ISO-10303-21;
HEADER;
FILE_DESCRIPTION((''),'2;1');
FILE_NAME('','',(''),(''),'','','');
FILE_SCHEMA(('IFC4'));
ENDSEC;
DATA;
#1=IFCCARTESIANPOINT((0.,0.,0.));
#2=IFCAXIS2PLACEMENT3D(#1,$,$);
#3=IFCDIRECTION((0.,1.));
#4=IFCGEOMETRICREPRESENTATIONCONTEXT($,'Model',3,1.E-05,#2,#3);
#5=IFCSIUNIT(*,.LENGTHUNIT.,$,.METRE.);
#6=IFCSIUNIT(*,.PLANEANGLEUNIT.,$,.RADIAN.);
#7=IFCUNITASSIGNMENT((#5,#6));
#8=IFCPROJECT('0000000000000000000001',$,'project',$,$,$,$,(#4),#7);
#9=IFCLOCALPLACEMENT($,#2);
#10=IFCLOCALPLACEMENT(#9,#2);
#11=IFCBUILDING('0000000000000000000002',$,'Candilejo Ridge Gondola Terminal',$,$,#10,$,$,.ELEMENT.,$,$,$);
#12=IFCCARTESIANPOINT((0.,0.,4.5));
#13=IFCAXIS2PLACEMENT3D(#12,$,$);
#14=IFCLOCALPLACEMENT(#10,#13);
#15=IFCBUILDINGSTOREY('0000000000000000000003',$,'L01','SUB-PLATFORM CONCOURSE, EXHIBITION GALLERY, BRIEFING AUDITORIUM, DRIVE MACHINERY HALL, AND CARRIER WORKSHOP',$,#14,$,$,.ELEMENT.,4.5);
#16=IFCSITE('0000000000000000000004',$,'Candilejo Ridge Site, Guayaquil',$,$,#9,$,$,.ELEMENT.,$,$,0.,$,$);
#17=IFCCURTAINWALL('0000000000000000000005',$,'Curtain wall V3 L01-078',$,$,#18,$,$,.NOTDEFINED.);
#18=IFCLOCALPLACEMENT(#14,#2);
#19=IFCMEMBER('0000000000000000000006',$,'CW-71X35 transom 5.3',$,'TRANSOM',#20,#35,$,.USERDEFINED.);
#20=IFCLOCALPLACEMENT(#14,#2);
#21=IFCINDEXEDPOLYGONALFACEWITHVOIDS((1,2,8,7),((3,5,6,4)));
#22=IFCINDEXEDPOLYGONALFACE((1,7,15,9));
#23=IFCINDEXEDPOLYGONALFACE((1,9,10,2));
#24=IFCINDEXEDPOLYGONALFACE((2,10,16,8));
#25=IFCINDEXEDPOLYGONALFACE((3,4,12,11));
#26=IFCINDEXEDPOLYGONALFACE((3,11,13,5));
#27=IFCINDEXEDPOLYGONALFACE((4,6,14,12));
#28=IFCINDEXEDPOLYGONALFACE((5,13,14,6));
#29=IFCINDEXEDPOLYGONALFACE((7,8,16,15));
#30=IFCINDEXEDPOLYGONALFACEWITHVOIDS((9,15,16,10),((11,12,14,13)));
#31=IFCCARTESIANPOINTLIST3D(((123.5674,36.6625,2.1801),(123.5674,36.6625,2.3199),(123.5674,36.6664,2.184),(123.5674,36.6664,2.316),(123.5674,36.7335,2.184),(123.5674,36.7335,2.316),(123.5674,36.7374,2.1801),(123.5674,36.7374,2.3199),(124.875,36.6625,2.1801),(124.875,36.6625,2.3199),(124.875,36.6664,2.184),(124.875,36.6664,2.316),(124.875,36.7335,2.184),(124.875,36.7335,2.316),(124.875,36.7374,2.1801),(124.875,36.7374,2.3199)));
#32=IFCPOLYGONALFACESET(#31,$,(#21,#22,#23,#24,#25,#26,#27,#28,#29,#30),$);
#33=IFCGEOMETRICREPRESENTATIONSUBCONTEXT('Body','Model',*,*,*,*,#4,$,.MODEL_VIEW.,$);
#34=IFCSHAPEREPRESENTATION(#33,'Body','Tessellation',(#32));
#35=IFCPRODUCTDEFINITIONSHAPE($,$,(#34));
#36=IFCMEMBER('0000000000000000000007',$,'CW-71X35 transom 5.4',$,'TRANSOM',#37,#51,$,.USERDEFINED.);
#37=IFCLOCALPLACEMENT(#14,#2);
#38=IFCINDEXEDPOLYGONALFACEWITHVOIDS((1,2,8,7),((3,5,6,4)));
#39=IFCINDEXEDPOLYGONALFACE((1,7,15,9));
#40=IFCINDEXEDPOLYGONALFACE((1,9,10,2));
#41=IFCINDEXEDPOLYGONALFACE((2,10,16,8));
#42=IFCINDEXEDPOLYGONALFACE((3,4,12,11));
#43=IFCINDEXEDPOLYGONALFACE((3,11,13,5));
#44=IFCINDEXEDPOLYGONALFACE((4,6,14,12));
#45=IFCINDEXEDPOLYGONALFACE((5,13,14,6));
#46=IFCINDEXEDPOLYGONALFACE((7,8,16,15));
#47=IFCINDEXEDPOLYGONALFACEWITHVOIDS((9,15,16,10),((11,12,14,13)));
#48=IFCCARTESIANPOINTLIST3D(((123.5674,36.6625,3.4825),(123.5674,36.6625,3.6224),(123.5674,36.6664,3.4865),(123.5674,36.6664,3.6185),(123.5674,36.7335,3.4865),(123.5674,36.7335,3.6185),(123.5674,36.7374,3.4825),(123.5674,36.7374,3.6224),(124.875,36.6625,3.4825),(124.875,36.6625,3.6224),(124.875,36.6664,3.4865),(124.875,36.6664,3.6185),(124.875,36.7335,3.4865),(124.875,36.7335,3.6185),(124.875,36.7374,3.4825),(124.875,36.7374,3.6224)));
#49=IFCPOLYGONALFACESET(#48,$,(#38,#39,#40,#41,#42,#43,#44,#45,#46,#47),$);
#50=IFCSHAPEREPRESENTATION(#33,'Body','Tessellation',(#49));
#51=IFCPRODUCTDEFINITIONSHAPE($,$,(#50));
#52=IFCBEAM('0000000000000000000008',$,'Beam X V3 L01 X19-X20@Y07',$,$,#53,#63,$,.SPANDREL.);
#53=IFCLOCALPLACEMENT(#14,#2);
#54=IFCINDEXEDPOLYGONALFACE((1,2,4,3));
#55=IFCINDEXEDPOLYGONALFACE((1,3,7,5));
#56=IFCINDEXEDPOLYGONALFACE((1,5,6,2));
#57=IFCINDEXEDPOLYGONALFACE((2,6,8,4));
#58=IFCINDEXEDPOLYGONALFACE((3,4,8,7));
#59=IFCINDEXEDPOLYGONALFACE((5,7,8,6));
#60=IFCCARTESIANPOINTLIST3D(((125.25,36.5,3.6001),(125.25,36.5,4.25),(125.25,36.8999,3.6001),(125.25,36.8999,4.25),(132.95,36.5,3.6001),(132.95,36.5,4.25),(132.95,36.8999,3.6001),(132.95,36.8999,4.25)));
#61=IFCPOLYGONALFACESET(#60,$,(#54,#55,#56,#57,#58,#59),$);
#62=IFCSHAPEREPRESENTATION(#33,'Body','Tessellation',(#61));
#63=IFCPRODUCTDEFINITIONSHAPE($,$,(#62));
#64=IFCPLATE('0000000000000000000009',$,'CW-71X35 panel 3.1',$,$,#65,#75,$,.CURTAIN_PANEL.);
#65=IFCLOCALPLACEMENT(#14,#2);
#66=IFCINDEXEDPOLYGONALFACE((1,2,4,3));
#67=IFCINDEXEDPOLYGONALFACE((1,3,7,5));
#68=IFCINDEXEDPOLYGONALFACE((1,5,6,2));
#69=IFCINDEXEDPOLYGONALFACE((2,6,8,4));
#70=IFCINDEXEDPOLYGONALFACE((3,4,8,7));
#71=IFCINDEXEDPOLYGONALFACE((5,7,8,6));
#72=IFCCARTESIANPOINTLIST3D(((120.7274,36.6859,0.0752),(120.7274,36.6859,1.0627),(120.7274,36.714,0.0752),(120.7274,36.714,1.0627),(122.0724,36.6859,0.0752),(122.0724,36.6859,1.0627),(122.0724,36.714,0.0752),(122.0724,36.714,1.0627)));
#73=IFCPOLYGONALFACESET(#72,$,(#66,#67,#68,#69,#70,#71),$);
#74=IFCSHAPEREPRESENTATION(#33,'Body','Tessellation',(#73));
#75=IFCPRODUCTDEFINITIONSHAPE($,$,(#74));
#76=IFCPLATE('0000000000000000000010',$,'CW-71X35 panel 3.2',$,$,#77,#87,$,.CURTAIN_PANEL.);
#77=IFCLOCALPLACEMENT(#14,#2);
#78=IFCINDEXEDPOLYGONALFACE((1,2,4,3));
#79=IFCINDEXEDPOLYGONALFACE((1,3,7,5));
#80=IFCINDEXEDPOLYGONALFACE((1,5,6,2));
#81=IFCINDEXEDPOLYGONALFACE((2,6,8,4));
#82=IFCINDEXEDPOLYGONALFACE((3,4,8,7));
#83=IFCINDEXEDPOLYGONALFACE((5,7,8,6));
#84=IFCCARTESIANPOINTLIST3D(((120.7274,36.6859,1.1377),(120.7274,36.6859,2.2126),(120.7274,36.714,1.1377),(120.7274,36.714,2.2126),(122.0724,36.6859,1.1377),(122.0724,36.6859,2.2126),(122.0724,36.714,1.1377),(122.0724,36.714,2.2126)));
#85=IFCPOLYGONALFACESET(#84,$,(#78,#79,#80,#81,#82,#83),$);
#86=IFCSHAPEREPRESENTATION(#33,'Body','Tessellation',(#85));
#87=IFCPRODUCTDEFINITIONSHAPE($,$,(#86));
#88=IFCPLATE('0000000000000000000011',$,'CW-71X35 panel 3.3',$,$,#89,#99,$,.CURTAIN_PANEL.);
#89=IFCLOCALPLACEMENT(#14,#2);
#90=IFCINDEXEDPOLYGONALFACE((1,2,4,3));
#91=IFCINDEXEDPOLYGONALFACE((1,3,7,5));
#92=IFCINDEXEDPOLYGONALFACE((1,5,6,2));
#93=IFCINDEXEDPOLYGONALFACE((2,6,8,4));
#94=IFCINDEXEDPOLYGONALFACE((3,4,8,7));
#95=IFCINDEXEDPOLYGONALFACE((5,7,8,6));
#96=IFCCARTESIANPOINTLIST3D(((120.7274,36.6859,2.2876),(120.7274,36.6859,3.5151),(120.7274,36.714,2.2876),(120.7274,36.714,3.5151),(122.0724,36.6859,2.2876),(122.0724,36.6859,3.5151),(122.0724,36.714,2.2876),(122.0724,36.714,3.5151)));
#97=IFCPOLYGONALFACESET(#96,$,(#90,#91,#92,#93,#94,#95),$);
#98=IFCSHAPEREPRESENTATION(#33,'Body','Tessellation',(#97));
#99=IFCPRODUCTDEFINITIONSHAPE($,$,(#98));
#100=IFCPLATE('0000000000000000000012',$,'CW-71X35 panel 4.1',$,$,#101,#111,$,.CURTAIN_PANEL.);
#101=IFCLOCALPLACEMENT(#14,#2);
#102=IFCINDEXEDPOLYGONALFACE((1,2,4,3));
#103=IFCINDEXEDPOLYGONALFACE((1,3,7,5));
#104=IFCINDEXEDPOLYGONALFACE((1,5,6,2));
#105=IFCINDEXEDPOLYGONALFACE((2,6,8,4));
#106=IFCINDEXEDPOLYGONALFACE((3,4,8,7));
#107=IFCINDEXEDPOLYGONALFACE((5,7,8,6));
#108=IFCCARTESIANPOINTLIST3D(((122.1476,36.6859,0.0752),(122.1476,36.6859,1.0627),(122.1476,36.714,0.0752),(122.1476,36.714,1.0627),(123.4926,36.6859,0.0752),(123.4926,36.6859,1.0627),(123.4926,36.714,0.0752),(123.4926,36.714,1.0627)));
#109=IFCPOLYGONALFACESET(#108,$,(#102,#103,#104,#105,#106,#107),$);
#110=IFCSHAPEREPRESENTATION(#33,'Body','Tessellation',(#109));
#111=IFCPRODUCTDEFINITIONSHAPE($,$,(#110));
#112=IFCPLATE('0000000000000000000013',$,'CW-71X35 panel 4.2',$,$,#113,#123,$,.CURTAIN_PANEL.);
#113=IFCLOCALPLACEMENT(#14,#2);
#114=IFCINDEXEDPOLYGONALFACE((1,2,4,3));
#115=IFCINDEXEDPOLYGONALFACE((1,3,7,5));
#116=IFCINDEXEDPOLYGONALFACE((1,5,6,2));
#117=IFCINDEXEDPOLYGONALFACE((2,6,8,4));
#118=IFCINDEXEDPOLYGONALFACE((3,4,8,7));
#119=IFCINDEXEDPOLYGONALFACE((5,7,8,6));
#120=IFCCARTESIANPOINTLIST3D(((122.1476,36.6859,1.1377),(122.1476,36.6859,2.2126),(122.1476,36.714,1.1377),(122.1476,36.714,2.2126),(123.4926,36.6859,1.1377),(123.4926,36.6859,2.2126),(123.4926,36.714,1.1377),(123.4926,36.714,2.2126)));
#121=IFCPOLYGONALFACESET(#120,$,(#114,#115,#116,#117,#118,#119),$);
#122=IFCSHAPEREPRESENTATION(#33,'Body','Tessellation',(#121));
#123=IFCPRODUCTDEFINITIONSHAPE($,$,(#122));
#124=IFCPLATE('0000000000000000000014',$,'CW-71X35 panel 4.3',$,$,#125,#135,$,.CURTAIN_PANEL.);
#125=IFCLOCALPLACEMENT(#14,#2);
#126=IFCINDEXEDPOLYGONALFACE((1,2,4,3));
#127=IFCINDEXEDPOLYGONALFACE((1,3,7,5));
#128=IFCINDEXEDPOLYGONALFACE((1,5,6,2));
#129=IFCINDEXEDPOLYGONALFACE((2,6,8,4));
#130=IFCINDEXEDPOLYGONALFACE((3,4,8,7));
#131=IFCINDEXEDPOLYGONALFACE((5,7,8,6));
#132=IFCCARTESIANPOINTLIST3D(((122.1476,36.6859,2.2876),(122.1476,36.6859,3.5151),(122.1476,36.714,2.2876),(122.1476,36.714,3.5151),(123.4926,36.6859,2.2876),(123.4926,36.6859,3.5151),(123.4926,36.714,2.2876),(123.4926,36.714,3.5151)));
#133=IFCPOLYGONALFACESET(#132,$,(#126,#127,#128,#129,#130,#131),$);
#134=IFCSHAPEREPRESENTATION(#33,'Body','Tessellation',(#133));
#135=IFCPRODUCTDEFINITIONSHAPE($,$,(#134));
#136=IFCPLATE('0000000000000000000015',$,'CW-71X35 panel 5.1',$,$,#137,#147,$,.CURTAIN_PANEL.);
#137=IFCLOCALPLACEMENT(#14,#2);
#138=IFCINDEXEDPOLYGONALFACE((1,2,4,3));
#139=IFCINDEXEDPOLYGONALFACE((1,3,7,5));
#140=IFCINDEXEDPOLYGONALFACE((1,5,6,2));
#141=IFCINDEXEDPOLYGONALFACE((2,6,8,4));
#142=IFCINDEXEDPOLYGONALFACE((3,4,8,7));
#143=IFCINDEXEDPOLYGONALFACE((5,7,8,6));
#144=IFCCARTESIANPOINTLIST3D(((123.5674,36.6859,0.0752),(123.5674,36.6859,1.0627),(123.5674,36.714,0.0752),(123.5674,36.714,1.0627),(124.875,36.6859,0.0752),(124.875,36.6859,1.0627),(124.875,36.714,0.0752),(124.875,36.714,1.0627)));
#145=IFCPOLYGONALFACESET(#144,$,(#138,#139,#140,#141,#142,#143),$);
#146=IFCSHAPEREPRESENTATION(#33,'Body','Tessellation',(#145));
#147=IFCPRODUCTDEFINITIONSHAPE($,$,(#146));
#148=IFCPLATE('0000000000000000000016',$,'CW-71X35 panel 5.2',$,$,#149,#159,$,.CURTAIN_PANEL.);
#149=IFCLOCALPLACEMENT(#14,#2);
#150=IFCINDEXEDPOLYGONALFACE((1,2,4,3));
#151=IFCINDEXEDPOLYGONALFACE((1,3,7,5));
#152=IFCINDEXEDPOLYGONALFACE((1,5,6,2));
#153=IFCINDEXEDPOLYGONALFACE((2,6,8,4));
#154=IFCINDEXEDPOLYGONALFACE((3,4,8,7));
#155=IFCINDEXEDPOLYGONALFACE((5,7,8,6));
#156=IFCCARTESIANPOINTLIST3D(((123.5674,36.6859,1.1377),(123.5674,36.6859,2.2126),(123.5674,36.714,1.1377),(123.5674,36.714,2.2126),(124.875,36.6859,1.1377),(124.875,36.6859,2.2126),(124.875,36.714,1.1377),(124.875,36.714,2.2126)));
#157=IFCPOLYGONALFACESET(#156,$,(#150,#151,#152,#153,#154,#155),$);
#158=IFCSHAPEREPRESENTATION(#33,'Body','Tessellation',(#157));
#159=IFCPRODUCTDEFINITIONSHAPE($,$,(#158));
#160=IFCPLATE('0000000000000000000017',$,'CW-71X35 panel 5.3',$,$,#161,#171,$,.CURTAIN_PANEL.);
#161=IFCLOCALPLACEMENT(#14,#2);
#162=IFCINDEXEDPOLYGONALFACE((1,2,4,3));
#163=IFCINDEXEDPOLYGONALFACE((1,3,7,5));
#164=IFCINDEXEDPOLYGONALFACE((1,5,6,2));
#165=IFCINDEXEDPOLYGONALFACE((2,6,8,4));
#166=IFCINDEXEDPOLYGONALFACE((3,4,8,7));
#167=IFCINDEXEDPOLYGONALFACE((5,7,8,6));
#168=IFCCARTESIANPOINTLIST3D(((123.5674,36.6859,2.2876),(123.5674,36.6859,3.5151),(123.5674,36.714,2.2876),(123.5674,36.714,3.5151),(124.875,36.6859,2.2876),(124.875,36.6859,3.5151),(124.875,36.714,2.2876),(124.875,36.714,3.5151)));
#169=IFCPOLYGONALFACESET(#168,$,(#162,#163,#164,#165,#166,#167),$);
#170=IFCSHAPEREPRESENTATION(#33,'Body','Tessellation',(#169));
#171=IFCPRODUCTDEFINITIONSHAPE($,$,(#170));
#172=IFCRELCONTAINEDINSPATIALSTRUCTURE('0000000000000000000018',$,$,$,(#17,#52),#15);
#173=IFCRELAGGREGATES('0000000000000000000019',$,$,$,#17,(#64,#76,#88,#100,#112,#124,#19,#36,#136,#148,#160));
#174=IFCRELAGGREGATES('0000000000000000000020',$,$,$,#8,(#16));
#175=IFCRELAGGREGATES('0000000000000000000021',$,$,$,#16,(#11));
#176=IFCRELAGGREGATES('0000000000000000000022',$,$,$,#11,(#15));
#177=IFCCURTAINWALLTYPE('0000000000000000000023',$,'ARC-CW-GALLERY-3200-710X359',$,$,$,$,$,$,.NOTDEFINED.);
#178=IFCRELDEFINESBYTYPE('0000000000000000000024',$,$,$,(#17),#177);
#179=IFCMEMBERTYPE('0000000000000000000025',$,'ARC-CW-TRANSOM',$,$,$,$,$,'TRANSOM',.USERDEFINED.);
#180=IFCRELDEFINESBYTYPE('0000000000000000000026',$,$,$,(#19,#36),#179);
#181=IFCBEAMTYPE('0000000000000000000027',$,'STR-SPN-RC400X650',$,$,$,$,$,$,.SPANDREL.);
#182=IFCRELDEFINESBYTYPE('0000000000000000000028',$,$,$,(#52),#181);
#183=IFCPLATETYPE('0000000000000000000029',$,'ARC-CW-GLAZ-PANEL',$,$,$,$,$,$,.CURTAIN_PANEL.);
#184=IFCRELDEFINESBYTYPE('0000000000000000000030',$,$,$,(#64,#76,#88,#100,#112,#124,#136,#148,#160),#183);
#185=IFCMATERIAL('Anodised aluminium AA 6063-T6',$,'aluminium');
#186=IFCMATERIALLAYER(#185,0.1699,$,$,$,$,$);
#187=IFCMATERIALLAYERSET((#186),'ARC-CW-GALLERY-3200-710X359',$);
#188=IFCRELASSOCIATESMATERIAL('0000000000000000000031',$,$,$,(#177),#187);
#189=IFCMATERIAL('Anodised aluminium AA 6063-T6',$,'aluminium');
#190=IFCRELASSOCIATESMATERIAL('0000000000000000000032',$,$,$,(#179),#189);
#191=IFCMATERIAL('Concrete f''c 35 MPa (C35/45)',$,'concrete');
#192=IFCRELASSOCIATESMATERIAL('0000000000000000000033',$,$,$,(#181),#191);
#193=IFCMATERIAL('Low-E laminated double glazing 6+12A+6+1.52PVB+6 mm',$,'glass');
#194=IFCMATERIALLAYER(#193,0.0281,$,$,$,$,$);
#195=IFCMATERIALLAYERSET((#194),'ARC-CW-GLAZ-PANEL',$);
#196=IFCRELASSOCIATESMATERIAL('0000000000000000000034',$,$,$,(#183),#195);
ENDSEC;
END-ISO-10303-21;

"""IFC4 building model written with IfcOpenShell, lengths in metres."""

from ifc_helpers import new_model, si_unit, direction, frame, origin, origin_2d, place, context, subcontext, project, spatial, rectangle, hollow_rectangle, extrude, material, layer, layer_set, material_profile, profile_set, type_object, element, aggregate, save


model = new_model("IFC4")

# Units and contexts
model_context = context("Model", 3, precision=1e-05, world=origin(), true_north=direction((0.0, 1.0)))
body_context = subcontext(model_context, "Body", "Model", "MODEL_VIEW")
ifc_project = project(units=[si_unit("LENGTHUNIT", "METRE"), si_unit("PLANEANGLEUNIT", "RADIAN")], contexts=[model_context])

# Site, building, storey
site_placement = place(None, origin())
site = spatial("IfcSite", under=ifc_project, at=site_placement, Name="Candilejo Ridge Site, Guayaquil", CompositionType="ELEMENT", RefElevation=0.0)
building_placement = place(site_placement, origin())
building = spatial("IfcBuilding", under=site, at=building_placement, Name="Candilejo Ridge Gondola Terminal", CompositionType="ELEMENT")
storey_placement = place(building_placement, frame((0.0, 0.0, 4.5)))
storey = spatial("IfcBuildingStorey", under=building, at=storey_placement, Name="L01", Description="SUB-PLATFORM CONCOURSE, EXHIBITION GALLERY, BRIEFING AUDITORIUM, DRIVE MACHINERY HALL, AND CARRIER WORKSHOP", CompositionType="ELEMENT", Elevation=4.5)

# Curtain wall
ifc_material_1 = material(Name="Anodised aluminium AA 6063-T6", Category="aluminium")
ifc_layer_1 = layer(ifc_material_1, 0.1699)
ifc_layer_set_1 = layer_set([ifc_layer_1], Name="ARC-CW-GALLERY-3200-710X359")
curtain_wall_type = type_object("IfcCurtainWallType", Name="ARC-CW-GALLERY-3200-710X359", PredefinedType="NOTDEFINED", material=ifc_layer_set_1)
curtain_wall_1_placement = place(storey_placement, origin())
curtain_wall_1 = element("IfcCurtainWall", 1, at=curtain_wall_1_placement, inside=storey, type_object=curtain_wall_type, Name="Curtain wall V3 L01-078", PredefinedType="NOTDEFINED")

# Members
ifc_material_2 = material(Name="Anodised aluminium AA 6063-T6", Category="aluminium")
ifc_material_profile_1 = material_profile(ifc_material_2, hollow_rectangle(XDim=0.075, YDim=0.1399, WallThickness=0.0039, at=origin_2d()))
ifc_profile_set_1 = profile_set([ifc_material_profile_1], Name="Anodised aluminium AA 6063-T6")
member_type_1 = type_object("IfcMemberType", Name="ARC-CW-TRANSOM", ElementType="TRANSOM", PredefinedType="USERDEFINED", material=ifc_profile_set_1)
member_1_placement = place(storey_placement, frame((123.5674, 36.7, 2.25), z_axis=(1.0, 0.0, 0.0), x_axis=(0.0, 1.0, 0.0)))
member_1 = element("IfcMember", 2, at=member_1_placement, type_object=member_type_1, Name="CW-71X35 transom 5.3", ObjectType="TRANSOM", PredefinedType="USERDEFINED", context=body_context, shape_type="SweptSolid", body=[
    extrude(hollow_rectangle(XDim=0.075, YDim=0.1399, WallThickness=0.0039, at=origin_2d()), origin(), (0.0, 0.0, 1.0), 1.3076),
])
member_2_placement = place(storey_placement, frame((123.5674, 36.7, 3.5525), z_axis=(1.0, 0.0, 0.0), x_axis=(0.0, 1.0, 0.0)))
member_2 = element("IfcMember", 3, at=member_2_placement, type_object=member_type_1, Name="CW-71X35 transom 5.4", ObjectType="TRANSOM", PredefinedType="USERDEFINED", context=body_context, shape_type="SweptSolid", body=[
    extrude(hollow_rectangle(XDim=0.075, YDim=0.1399, WallThickness=0.0039, at=origin_2d()), origin(), (0.0, 0.0, 1.0), 1.3076),
])

# Beam
ifc_material_3 = material(Name="Concrete f'c 35 MPa (C35/45)", Category="concrete")
ifc_material_profile_2 = material_profile(ifc_material_3, rectangle(XDim=0.3999, YDim=0.6499, at=origin_2d()))
ifc_profile_set_2 = profile_set([ifc_material_profile_2], Name="Concrete f'c 35 MPa (C35/45)")
beam_type = type_object("IfcBeamType", Name="STR-SPN-RC400X650", PredefinedType="SPANDREL", material=ifc_profile_set_2)
beam_placement = place(storey_placement, frame((125.25, 36.7, 3.925), z_axis=(1.0, 0.0, 0.0), x_axis=(0.0, 1.0, 0.0)))
element("IfcBeam", 4, at=beam_placement, inside=storey, type_object=beam_type, Name="Beam X V3 L01 X19-X20@Y07", PredefinedType="SPANDREL", context=body_context, shape_type="SweptSolid", body=[
    extrude(rectangle(XDim=0.3999, YDim=0.6499, at=origin_2d()), origin(), (0.0, 0.0, 1.0), 7.7),
])

# Plates
ifc_material_4 = material(Name="Low-E laminated double glazing 6+12A+6+1.52PVB+6 mm", Category="glass")
ifc_layer_2 = layer(ifc_material_4, 0.0281)
ifc_layer_set_2 = layer_set([ifc_layer_2], Name="ARC-CW-GLAZ-PANEL")
plate_type = type_object("IfcPlateType", Name="ARC-CW-GLAZ-PANEL", PredefinedType="CURTAIN_PANEL", material=ifc_layer_set_2)
plate_1_placement = place(storey_placement, frame((121.3999, 36.7, 0.0752), z_axis=(0.0, 0.0, 1.0), x_axis=(1.0, 0.0, 0.0)))
plate_1 = element("IfcPlate", 5, at=plate_1_placement, type_object=plate_type, Name="CW-71X35 panel 3.1", PredefinedType="CURTAIN_PANEL", context=body_context, shape_type="SweptSolid", body=[
    extrude(rectangle(XDim=1.345, YDim=0.0281, at=origin_2d()), origin(), (0.0, 0.0, 1.0), 0.9875),
])
plate_2_placement = place(storey_placement, frame((121.3999, 36.7, 1.1377), z_axis=(0.0, 0.0, 1.0), x_axis=(1.0, 0.0, 0.0)))
plate_2 = element("IfcPlate", 6, at=plate_2_placement, type_object=plate_type, Name="CW-71X35 panel 3.2", PredefinedType="CURTAIN_PANEL", context=body_context, shape_type="SweptSolid", body=[
    extrude(rectangle(XDim=1.345, YDim=0.0281, at=origin_2d()), origin(), (0.0, 0.0, 1.0), 1.075),
])
plate_3_placement = place(storey_placement, frame((121.3999, 36.7, 2.2876), z_axis=(0.0, 0.0, 1.0), x_axis=(1.0, 0.0, 0.0)))
plate_3 = element("IfcPlate", 7, at=plate_3_placement, type_object=plate_type, Name="CW-71X35 panel 3.3", PredefinedType="CURTAIN_PANEL", context=body_context, shape_type="SweptSolid", body=[
    extrude(rectangle(XDim=1.345, YDim=0.0281, at=origin_2d()), origin(), (0.0, 0.0, 1.0), 1.2275),
])
plate_4_placement = place(storey_placement, frame((122.8201, 36.7, 0.0752), z_axis=(0.0, 0.0, 1.0), x_axis=(1.0, 0.0, 0.0)))
plate_4 = element("IfcPlate", 8, at=plate_4_placement, type_object=plate_type, Name="CW-71X35 panel 4.1", PredefinedType="CURTAIN_PANEL", context=body_context, shape_type="SweptSolid", body=[
    extrude(rectangle(XDim=1.345, YDim=0.0281, at=origin_2d()), origin(), (0.0, 0.0, 1.0), 0.9875),
])
plate_5_placement = place(storey_placement, frame((122.8201, 36.7, 1.1377), z_axis=(0.0, 0.0, 1.0), x_axis=(1.0, 0.0, 0.0)))
plate_5 = element("IfcPlate", 9, at=plate_5_placement, type_object=plate_type, Name="CW-71X35 panel 4.2", PredefinedType="CURTAIN_PANEL", context=body_context, shape_type="SweptSolid", body=[
    extrude(rectangle(XDim=1.345, YDim=0.0281, at=origin_2d()), origin(), (0.0, 0.0, 1.0), 1.075),
])
plate_6_placement = place(storey_placement, frame((122.8201, 36.7, 2.2876), z_axis=(0.0, 0.0, 1.0), x_axis=(1.0, 0.0, 0.0)))
plate_6 = element("IfcPlate", 10, at=plate_6_placement, type_object=plate_type, Name="CW-71X35 panel 4.3", PredefinedType="CURTAIN_PANEL", context=body_context, shape_type="SweptSolid", body=[
    extrude(rectangle(XDim=1.345, YDim=0.0281, at=origin_2d()), origin(), (0.0, 0.0, 1.0), 1.2275),
])
plate_7_placement = place(storey_placement, frame((124.2212, 36.7, 0.0752), z_axis=(0.0, 0.0, 1.0), x_axis=(1.0, 0.0, 0.0)))
plate_7 = element("IfcPlate", 11, at=plate_7_placement, type_object=plate_type, Name="CW-71X35 panel 5.1", PredefinedType="CURTAIN_PANEL", context=body_context, shape_type="SweptSolid", body=[
    extrude(rectangle(XDim=1.3076, YDim=0.0281, at=origin_2d()), origin(), (0.0, 0.0, 1.0), 0.9875),
])
plate_8_placement = place(storey_placement, frame((124.2212, 36.7, 1.1377), z_axis=(0.0, 0.0, 1.0), x_axis=(1.0, 0.0, 0.0)))
plate_8 = element("IfcPlate", 12, at=plate_8_placement, type_object=plate_type, Name="CW-71X35 panel 5.2", PredefinedType="CURTAIN_PANEL", context=body_context, shape_type="SweptSolid", body=[
    extrude(rectangle(XDim=1.3076, YDim=0.0281, at=origin_2d()), origin(), (0.0, 0.0, 1.0), 1.075),
])
plate_9_placement = place(storey_placement, frame((124.2212, 36.7, 2.2876), z_axis=(0.0, 0.0, 1.0), x_axis=(1.0, 0.0, 0.0)))
plate_9 = element("IfcPlate", 13, at=plate_9_placement, type_object=plate_type, Name="CW-71X35 panel 5.3", PredefinedType="CURTAIN_PANEL", context=body_context, shape_type="SweptSolid", body=[
    extrude(rectangle(XDim=1.3076, YDim=0.0281, at=origin_2d()), origin(), (0.0, 0.0, 1.0), 1.2275),
])
aggregate(curtain_wall_1, [plate_1, plate_2, plate_3, plate_4, plate_5, plate_6, member_1, member_2, plate_7, plate_8, plate_9])

save(model, "model.ifc")
